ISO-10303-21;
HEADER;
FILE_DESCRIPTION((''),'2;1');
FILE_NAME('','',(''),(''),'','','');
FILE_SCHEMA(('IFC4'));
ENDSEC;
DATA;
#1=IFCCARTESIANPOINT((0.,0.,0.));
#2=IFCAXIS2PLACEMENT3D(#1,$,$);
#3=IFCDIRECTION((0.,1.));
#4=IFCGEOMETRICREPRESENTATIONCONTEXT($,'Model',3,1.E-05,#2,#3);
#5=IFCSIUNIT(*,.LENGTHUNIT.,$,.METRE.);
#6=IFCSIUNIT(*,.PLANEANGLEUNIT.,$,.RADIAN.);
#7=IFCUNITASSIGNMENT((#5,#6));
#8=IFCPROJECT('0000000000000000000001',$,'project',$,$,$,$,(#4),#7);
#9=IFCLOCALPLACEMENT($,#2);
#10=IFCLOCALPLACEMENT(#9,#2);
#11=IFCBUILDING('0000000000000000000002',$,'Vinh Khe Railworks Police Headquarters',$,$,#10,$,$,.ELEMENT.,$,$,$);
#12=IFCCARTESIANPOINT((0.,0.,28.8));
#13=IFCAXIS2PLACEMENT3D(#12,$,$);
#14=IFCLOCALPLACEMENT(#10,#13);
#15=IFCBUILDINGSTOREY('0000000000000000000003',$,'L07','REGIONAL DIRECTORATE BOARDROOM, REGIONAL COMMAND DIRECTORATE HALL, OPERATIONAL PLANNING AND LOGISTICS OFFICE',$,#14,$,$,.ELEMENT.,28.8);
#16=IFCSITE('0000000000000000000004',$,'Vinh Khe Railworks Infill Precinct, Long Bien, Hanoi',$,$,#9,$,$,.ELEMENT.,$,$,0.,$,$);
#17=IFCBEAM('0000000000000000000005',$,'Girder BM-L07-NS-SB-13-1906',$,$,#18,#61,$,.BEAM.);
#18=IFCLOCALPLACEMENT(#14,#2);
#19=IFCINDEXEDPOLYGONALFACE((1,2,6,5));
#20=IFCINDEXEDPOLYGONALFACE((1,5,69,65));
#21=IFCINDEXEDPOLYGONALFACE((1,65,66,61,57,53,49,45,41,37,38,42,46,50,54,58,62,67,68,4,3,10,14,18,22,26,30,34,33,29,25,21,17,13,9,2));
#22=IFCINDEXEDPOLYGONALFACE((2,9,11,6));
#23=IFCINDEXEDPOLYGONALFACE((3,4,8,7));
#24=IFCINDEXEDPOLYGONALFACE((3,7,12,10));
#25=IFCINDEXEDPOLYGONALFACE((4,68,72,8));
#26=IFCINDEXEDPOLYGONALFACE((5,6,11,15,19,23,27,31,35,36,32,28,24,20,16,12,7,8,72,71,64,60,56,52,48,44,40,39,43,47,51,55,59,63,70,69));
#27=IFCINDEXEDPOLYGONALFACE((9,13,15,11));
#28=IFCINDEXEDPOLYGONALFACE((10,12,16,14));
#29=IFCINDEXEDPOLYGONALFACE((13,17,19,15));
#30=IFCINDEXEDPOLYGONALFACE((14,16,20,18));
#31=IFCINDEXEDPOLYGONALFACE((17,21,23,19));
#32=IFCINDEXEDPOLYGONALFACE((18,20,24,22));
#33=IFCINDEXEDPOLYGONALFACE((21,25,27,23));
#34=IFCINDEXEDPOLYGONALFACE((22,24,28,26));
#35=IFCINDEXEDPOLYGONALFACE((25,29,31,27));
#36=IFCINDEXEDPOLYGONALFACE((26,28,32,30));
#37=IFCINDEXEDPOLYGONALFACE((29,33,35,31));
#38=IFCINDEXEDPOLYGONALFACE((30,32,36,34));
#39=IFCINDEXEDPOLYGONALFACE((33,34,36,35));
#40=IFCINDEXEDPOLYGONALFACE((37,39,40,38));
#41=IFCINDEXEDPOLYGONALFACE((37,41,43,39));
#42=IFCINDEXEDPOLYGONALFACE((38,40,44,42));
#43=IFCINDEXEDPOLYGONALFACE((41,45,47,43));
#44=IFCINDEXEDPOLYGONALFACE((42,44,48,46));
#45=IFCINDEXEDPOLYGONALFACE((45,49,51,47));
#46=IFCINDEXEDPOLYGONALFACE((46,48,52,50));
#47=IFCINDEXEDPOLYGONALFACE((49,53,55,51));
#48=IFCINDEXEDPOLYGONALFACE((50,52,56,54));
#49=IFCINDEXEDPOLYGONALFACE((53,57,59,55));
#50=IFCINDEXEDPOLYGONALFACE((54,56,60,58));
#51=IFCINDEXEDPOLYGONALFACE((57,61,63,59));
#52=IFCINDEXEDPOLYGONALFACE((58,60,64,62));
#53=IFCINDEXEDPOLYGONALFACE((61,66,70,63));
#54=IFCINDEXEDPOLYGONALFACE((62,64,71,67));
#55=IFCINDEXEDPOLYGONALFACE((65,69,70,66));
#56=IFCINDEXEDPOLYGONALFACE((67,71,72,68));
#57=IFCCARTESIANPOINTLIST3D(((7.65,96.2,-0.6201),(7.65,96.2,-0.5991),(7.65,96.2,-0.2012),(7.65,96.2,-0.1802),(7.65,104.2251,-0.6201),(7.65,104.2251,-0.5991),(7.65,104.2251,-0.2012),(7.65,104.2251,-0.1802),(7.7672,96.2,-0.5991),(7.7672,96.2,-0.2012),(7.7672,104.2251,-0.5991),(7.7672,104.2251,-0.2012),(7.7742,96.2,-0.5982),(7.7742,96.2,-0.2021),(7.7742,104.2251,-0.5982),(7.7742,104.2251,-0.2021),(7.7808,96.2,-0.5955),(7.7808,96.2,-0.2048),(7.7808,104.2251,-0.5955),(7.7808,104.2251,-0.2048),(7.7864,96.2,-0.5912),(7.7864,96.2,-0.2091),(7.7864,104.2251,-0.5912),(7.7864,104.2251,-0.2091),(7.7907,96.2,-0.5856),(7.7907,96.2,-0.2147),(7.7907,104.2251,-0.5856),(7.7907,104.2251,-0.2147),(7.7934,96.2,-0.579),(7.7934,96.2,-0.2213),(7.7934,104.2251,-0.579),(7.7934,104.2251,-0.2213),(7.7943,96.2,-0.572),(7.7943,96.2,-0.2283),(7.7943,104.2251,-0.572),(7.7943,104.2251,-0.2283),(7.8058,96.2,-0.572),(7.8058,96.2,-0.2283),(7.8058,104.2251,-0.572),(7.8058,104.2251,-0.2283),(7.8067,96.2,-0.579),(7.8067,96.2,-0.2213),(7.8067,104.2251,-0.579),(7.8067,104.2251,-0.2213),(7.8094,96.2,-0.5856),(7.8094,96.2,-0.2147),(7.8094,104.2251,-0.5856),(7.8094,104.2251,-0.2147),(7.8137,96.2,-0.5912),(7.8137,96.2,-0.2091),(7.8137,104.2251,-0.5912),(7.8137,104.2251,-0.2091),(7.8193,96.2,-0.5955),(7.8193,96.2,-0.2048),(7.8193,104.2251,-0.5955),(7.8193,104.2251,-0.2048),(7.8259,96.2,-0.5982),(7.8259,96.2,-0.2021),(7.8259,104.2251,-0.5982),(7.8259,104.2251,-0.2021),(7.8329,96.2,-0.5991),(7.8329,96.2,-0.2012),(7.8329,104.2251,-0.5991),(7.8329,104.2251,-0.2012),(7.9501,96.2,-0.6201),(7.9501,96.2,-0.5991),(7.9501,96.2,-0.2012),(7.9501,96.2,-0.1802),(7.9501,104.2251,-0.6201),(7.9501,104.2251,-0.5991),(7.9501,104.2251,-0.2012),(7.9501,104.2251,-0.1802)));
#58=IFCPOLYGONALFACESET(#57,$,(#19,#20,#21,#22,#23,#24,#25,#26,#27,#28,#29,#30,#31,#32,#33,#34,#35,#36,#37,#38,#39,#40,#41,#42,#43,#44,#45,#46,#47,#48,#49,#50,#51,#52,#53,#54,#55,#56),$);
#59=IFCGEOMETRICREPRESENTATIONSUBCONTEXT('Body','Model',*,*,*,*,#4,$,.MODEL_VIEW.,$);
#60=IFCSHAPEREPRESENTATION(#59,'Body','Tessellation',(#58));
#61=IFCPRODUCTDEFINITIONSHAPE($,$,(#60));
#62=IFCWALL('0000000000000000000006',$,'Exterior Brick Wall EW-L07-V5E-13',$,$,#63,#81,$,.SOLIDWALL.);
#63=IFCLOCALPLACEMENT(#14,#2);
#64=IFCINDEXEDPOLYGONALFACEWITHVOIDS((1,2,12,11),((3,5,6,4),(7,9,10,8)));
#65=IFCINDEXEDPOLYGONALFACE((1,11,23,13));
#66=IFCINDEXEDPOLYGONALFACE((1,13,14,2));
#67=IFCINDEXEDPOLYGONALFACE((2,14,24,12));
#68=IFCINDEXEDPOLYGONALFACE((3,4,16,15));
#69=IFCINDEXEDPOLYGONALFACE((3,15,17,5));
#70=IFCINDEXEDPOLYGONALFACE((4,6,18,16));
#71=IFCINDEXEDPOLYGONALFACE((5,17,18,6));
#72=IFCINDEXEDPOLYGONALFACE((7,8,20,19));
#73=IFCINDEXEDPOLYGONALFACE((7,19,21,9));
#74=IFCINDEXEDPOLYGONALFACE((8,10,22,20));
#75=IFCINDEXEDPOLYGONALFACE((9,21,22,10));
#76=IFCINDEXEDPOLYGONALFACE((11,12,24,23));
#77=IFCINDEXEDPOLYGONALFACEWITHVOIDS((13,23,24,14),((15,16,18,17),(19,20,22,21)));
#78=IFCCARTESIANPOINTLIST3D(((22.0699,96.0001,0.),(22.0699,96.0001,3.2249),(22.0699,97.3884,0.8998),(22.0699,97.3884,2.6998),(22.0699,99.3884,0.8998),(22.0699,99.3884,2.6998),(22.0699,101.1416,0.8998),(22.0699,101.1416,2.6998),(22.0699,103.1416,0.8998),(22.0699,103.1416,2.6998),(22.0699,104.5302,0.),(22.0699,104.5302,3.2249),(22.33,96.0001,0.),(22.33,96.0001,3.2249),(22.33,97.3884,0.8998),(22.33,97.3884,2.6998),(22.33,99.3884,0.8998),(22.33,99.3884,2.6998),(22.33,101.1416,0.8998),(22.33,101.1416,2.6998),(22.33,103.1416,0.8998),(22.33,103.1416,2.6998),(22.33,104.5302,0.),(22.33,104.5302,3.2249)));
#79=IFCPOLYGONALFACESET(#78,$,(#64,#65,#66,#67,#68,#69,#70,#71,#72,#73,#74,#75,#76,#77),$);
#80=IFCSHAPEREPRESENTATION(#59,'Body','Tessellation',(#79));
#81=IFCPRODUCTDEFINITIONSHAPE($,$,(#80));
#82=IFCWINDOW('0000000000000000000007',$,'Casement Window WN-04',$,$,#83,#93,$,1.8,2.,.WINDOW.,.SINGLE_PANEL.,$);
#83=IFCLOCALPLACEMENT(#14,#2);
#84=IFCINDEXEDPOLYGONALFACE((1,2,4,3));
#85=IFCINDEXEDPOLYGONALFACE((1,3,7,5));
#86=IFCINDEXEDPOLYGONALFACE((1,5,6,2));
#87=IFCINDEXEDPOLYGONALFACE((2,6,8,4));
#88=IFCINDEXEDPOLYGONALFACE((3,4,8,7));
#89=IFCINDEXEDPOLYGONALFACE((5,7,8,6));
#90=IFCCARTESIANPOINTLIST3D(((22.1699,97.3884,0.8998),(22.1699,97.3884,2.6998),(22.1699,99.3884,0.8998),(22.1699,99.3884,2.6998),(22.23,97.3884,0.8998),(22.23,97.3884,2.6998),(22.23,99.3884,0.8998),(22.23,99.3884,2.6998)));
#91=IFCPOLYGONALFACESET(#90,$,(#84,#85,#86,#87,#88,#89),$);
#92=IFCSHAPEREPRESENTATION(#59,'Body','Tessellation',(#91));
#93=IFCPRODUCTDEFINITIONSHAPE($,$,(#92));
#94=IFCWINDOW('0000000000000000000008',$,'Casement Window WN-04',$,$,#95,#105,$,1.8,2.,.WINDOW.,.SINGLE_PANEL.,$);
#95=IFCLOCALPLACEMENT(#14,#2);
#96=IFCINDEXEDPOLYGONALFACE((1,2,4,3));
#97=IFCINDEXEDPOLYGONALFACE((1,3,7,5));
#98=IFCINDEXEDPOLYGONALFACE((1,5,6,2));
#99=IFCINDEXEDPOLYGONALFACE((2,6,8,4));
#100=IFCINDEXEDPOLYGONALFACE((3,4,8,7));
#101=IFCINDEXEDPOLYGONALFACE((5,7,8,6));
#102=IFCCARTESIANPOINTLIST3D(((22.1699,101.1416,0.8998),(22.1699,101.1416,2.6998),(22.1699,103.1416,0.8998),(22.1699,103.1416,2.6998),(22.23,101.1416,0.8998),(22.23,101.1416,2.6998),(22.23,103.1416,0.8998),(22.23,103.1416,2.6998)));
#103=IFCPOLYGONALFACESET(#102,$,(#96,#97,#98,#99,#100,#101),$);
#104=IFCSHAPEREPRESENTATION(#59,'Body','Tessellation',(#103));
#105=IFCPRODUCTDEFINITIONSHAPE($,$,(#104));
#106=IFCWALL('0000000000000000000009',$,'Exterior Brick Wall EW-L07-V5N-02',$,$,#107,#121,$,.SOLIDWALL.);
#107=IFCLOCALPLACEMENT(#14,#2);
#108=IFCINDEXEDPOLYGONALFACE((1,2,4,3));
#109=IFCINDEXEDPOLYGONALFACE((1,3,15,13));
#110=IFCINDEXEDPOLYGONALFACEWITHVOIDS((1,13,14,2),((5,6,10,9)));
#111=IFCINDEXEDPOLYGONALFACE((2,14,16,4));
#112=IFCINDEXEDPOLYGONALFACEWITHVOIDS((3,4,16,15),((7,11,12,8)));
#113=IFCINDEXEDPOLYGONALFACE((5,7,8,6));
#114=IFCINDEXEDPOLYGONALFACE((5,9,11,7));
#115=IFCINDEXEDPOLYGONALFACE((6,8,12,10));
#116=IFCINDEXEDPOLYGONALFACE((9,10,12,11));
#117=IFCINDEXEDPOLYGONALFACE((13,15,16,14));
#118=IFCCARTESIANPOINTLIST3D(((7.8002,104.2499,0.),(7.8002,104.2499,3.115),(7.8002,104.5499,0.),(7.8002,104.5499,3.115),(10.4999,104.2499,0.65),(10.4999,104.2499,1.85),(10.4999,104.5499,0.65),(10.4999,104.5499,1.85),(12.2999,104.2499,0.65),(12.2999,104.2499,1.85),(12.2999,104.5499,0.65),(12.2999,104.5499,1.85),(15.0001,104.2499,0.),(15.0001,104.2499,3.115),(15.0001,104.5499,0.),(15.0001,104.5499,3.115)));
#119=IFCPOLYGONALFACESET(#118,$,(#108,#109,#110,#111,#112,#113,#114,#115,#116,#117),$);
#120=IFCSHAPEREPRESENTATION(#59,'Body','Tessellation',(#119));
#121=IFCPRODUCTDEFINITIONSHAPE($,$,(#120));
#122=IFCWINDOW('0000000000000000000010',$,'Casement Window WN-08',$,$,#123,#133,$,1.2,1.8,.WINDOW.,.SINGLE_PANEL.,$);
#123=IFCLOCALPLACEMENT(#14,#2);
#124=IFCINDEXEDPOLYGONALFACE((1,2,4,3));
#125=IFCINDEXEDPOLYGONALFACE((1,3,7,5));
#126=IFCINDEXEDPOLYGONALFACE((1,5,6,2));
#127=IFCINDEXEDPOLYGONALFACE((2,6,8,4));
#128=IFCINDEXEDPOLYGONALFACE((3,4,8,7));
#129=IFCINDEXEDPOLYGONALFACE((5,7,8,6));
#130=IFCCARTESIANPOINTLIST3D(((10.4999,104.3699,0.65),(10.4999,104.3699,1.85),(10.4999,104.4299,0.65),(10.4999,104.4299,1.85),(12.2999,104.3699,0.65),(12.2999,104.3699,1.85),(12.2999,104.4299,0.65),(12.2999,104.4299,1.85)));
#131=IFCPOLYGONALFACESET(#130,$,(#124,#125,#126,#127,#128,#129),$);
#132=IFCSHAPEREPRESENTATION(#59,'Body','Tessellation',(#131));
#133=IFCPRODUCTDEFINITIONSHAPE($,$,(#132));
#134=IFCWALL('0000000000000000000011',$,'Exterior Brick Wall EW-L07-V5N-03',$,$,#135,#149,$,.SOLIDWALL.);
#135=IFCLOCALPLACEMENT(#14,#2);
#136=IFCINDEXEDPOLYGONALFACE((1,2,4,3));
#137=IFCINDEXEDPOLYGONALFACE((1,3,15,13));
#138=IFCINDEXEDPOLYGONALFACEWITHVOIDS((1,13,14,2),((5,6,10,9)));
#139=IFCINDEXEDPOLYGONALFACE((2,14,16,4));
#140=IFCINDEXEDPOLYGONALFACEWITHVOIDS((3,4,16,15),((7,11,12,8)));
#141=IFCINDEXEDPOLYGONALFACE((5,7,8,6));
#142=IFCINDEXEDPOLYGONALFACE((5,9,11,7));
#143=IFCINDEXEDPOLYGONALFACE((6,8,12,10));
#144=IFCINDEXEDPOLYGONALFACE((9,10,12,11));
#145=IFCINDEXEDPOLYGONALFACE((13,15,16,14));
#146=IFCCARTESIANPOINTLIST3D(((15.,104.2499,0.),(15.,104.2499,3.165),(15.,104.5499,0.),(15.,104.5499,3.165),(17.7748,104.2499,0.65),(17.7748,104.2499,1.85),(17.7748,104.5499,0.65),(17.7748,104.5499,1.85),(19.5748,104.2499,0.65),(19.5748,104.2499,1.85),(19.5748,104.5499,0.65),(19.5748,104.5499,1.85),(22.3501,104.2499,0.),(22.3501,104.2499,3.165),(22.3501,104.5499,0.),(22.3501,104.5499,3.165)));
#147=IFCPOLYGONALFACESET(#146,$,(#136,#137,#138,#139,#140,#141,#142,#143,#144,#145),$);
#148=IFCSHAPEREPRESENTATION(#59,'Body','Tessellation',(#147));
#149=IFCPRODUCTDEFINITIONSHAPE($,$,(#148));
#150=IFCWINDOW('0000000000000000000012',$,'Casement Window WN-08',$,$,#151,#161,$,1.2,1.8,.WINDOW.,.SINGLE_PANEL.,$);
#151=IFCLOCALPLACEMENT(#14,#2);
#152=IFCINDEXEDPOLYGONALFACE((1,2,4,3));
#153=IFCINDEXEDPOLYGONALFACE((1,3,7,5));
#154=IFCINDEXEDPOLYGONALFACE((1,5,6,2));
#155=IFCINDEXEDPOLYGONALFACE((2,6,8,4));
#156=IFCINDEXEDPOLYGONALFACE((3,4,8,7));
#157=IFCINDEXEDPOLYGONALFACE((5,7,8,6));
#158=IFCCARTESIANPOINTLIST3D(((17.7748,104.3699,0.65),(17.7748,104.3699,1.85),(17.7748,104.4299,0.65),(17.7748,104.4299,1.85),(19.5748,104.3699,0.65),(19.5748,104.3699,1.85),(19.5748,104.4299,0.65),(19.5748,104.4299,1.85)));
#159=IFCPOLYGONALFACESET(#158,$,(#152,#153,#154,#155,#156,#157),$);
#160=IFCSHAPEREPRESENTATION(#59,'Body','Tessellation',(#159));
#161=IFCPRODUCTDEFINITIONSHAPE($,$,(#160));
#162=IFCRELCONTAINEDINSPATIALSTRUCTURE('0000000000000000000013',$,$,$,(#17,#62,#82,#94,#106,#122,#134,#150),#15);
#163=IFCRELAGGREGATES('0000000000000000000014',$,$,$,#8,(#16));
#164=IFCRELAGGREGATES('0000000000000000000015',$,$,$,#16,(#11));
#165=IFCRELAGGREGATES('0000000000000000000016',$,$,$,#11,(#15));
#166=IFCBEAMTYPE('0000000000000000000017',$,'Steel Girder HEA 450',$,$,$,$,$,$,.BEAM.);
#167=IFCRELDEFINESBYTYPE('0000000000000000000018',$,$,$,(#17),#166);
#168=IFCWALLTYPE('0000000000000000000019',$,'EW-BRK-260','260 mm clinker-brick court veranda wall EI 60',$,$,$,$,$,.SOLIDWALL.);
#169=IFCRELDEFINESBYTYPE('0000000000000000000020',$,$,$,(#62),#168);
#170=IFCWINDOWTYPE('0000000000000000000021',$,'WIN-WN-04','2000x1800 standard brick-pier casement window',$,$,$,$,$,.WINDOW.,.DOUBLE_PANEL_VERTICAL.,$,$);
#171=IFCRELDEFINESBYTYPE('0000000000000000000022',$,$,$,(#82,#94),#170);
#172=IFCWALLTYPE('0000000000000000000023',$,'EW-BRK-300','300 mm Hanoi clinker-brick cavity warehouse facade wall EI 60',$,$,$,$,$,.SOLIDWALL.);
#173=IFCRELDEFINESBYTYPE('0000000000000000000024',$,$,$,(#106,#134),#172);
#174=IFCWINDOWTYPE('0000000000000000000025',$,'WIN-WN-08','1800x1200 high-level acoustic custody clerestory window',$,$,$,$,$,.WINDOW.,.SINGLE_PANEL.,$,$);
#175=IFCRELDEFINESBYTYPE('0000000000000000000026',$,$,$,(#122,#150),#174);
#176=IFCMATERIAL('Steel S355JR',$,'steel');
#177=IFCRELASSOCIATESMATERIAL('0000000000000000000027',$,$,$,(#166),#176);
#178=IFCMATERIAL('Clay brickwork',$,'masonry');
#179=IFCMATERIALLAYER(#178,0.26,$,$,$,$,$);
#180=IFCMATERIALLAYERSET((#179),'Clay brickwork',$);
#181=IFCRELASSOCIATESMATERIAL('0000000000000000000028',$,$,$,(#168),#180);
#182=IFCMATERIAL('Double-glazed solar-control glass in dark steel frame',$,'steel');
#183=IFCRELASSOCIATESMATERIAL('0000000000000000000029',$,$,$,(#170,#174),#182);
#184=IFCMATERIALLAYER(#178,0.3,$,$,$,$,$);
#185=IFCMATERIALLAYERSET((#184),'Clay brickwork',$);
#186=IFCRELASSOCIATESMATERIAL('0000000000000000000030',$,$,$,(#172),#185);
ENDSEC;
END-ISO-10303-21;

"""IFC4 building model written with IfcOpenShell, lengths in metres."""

from ifc_helpers import new_model, si_unit, direction, frame, frame_2d, origin, origin_2d, place, context, subcontext, project, spatial, rectangle, i_section, extrude, material, layer, layer_set, material_profile, profile_set, type_object, element, fill, save


model = new_model("IFC4")

# Units and contexts
model_context = context("Model", 3, precision=1e-05, world=origin(), true_north=direction((0.0, 1.0)))
body_context = subcontext(model_context, "Body", "Model", "MODEL_VIEW")
ifc_project = project(units=[si_unit("LENGTHUNIT", "METRE"), si_unit("PLANEANGLEUNIT", "RADIAN")], contexts=[model_context])

# Site, building, storey
site_placement = place(None, origin())
site = spatial("IfcSite", under=ifc_project, at=site_placement, Name="Vinh Khe Railworks Infill Precinct, Long Bien, Hanoi", CompositionType="ELEMENT", RefElevation=0.0)
building_placement = place(site_placement, origin())
building = spatial("IfcBuilding", under=site, at=building_placement, Name="Vinh Khe Railworks Police Headquarters", CompositionType="ELEMENT")
storey_placement = place(building_placement, frame((0.0, 0.0, 28.8)))
storey = spatial("IfcBuildingStorey", under=building, at=storey_placement, Name="L07", Description="REGIONAL DIRECTORATE BOARDROOM, REGIONAL COMMAND DIRECTORATE HALL, OPERATIONAL PLANNING AND LOGISTICS OFFICE", CompositionType="ELEMENT", Elevation=28.8)

# Shared definitions
ifc_material_1 = material(Name="Steel S355JR", Category="steel")

# Beam
ifc_material_profile_1 = material_profile(ifc_material_1, i_section(OverallWidth=0.3, OverallDepth=0.4399, WebThickness=0.0115, FlangeThickness=0.021, FilletRadius=0.0271, at=origin_2d()), Name="HEA 450")
ifc_profile_set_1 = profile_set([ifc_material_profile_1], Name="Steel S355JR")
beam_type_1 = type_object("IfcBeamType", Name="Steel Girder HEA 450", PredefinedType="BEAM", material=ifc_profile_set_1)
beam_1_placement = place(storey_placement, frame((7.8, 96.2, -0.4001), z_axis=(0.0, 1.0, 0.0), x_axis=(-1.0, 0.0, 0.0)))
element("IfcBeam", 1, at=beam_1_placement, inside=storey, type_object=beam_type_1, Name="Girder BM-L07-NS-SB-13-1906", PredefinedType="BEAM", context=body_context, shape_type="SweptSolid", body=[
    extrude(i_section(OverallWidth=0.3, OverallDepth=0.4399, WebThickness=0.0115, FlangeThickness=0.021, FilletRadius=0.0271, at=origin_2d()), origin(), (0.0, 0.0, 1.0), 8.0251),
])

# Wall, openings, windows
ifc_material_2 = material(Name="Clay brickwork", Category="masonry")
ifc_layer_1 = layer(ifc_material_2, 0.26)
ifc_layer_set_1 = layer_set([ifc_layer_1], Name="Clay brickwork")
wall_type_1 = type_object("IfcWallType", Name="EW-BRK-260", Description="260 mm clinker-brick court veranda wall EI 60", PredefinedType="SOLIDWALL", material=ifc_layer_set_1)
wall_1_placement = place(storey_placement, frame((22.2, 96.0, 0.0), z_axis=(0.0, 0.0, 1.0), x_axis=(0.0, 1.0, 0.0)))
wall_1 = element("IfcWall", 2, at=wall_1_placement, inside=storey, type_object=wall_type_1, Name="Exterior Brick Wall EW-L07-V5E-13", PredefinedType="SOLIDWALL", context=body_context, shape_type="SweptSolid", body=[
    extrude(rectangle(XDim=8.53, YDim=0.26, at=frame_2d((4.2651, 0.0))), origin(), (0.0, 0.0, 1.0), 3.2249),
])
opening_1_placement = place(wall_1_placement, frame((1.3884, 0.0, 0.8999)))
opening_1 = element("IfcOpeningElement", 3, at=opening_1_placement, cuts=wall_1, PredefinedType="OPENING", context=body_context, shape_type="SweptSolid", body=[
    extrude(rectangle(XDim=2.0, YDim=1.8, at=frame_2d((1.0, 0.8999))), frame((0.0, 0.145, 0.0), z_axis=(0.0, -1.0, 0.0), x_axis=(1.0, 0.0, 0.0)), (0.0, 0.0, 1.0), 0.2898),
])
opening_2_placement = place(wall_1_placement, frame((5.1416, 0.0, 0.8999)))
opening_2 = element("IfcOpeningElement", 4, at=opening_2_placement, cuts=wall_1, PredefinedType="OPENING", context=body_context, shape_type="SweptSolid", body=[
    extrude(rectangle(XDim=2.0, YDim=1.8, at=frame_2d((1.0, 0.8999))), frame((0.0, 0.145, 0.0), z_axis=(0.0, -1.0, 0.0), x_axis=(1.0, 0.0, 0.0)), (0.0, 0.0, 1.0), 0.2898),
])
ifc_material_3 = material(Name="Double-glazed solar-control glass in dark steel frame", Category="steel")
window_type_1 = type_object("IfcWindowType", Name="WIN-WN-04", Description="2000x1800 standard brick-pier casement window", PartitioningType="DOUBLE_PANEL_VERTICAL", PredefinedType="WINDOW", material=ifc_material_3)
window_1_placement = place(opening_1_placement, origin())
window_1 = element("IfcWindow", 5, at=window_1_placement, inside=storey, type_object=window_type_1, Name="Casement Window WN-04", OverallHeight=1.8, OverallWidth=2.0, PartitioningType="SINGLE_PANEL", PredefinedType="WINDOW", context=body_context, shape_type="SweptSolid", body=[
    extrude(rectangle(XDim=2.0, YDim=1.8, at=frame_2d((1.0, 0.8999))), frame((0.0, 0.03, 0.0), z_axis=(0.0, -1.0, 0.0), x_axis=(1.0, 0.0, 0.0)), (0.0, 0.0, 1.0), 0.0601),
])
fill(opening_1, window_1)
window_2_placement = place(opening_2_placement, origin())
window_2 = element("IfcWindow", 6, at=window_2_placement, inside=storey, type_object=window_type_1, Name="Casement Window WN-04", OverallHeight=1.8, OverallWidth=2.0, PartitioningType="SINGLE_PANEL", PredefinedType="WINDOW", context=body_context, shape_type="SweptSolid", body=[
    extrude(rectangle(XDim=2.0, YDim=1.8, at=frame_2d((1.0, 0.8999))), frame((0.0, 0.03, 0.0), z_axis=(0.0, -1.0, 0.0), x_axis=(1.0, 0.0, 0.0)), (0.0, 0.0, 1.0), 0.0601),
])
fill(opening_2, window_2)

# Walls, openings, windows
ifc_layer_2 = layer(ifc_material_2, 0.3)
ifc_layer_set_2 = layer_set([ifc_layer_2], Name="Clay brickwork")
wall_type_2 = type_object("IfcWallType", Name="EW-BRK-300", Description="300 mm Hanoi clinker-brick cavity warehouse facade wall EI 60", PredefinedType="SOLIDWALL", material=ifc_layer_set_2)
wall_2_placement = place(storey_placement, frame((7.8, 104.3999, 0.0), z_axis=(0.0, 0.0, 1.0), x_axis=(1.0, 0.0, 0.0)))
wall_2 = element("IfcWall", 7, at=wall_2_placement, inside=storey, type_object=wall_type_2, Name="Exterior Brick Wall EW-L07-V5N-02", PredefinedType="SOLIDWALL", context=body_context, shape_type="SweptSolid", body=[
    extrude(rectangle(XDim=7.2, YDim=0.3, at=frame_2d((3.6001, 0.0))), origin(), (0.0, 0.0, 1.0), 3.115),
])
opening_3_placement = place(wall_2_placement, frame((2.7, 0.0, 0.6499)))
opening_3 = element("IfcOpeningElement", 8, at=opening_3_placement, cuts=wall_2, PredefinedType="OPENING", context=body_context, shape_type="SweptSolid", body=[
    extrude(rectangle(XDim=1.8, YDim=1.2, at=frame_2d((0.8999, 0.6001))), frame((0.0, 0.165, 0.0), z_axis=(0.0, -1.0, 0.0), x_axis=(1.0, 0.0, 0.0)), (0.0, 0.0, 1.0), 0.3298),
])
window_type_2 = type_object("IfcWindowType", Name="WIN-WN-08", Description="1800x1200 high-level acoustic custody clerestory window", PartitioningType="SINGLE_PANEL", PredefinedType="WINDOW", material=ifc_material_3)
window_3_placement = place(opening_3_placement, origin())
window_3 = element("IfcWindow", 9, at=window_3_placement, inside=storey, type_object=window_type_2, Name="Casement Window WN-08", OverallHeight=1.2, OverallWidth=1.8, PartitioningType="SINGLE_PANEL", PredefinedType="WINDOW", context=body_context, shape_type="SweptSolid", body=[
    extrude(rectangle(XDim=1.8, YDim=1.2, at=frame_2d((0.8999, 0.6001))), frame((0.0, 0.03, 0.0), z_axis=(0.0, -1.0, 0.0), x_axis=(1.0, 0.0, 0.0)), (0.0, 0.0, 1.0), 0.0601),
])
fill(opening_3, window_3)
wall_3_placement = place(storey_placement, frame((15.0, 104.3999, 0.0), z_axis=(0.0, 0.0, 1.0), x_axis=(1.0, 0.0, 0.0)))
wall_3 = element("IfcWall", 10, at=wall_3_placement, inside=storey, type_object=wall_type_2, Name="Exterior Brick Wall EW-L07-V5N-03", PredefinedType="SOLIDWALL", context=body_context, shape_type="SweptSolid", body=[
    extrude(rectangle(XDim=7.3501, YDim=0.3, at=frame_2d((3.675, 0.0))), origin(), (0.0, 0.0, 1.0), 3.165),
])
opening_4_placement = place(wall_3_placement, frame((2.7749, 0.0, 0.6499)))
opening_4 = element("IfcOpeningElement", 11, at=opening_4_placement, cuts=wall_3, PredefinedType="OPENING", context=body_context, shape_type="SweptSolid", body=[
    extrude(rectangle(XDim=1.8, YDim=1.2, at=frame_2d((0.8999, 0.6001))), frame((0.0, 0.165, 0.0), z_axis=(0.0, -1.0, 0.0), x_axis=(1.0, 0.0, 0.0)), (0.0, 0.0, 1.0), 0.3298),
])
window_4_placement = place(opening_4_placement, origin())
window_4 = element("IfcWindow", 12, at=window_4_placement, inside=storey, type_object=window_type_2, Name="Casement Window WN-08", OverallHeight=1.2, OverallWidth=1.8, PartitioningType="SINGLE_PANEL", PredefinedType="WINDOW", context=body_context, shape_type="SweptSolid", body=[
    extrude(rectangle(XDim=1.8, YDim=1.2, at=frame_2d((0.8999, 0.6001))), frame((0.0, 0.03, 0.0), z_axis=(0.0, -1.0, 0.0), x_axis=(1.0, 0.0, 0.0)), (0.0, 0.0, 1.0), 0.0601),
])
fill(opening_4, window_4)

save(model, "model.ifc")
